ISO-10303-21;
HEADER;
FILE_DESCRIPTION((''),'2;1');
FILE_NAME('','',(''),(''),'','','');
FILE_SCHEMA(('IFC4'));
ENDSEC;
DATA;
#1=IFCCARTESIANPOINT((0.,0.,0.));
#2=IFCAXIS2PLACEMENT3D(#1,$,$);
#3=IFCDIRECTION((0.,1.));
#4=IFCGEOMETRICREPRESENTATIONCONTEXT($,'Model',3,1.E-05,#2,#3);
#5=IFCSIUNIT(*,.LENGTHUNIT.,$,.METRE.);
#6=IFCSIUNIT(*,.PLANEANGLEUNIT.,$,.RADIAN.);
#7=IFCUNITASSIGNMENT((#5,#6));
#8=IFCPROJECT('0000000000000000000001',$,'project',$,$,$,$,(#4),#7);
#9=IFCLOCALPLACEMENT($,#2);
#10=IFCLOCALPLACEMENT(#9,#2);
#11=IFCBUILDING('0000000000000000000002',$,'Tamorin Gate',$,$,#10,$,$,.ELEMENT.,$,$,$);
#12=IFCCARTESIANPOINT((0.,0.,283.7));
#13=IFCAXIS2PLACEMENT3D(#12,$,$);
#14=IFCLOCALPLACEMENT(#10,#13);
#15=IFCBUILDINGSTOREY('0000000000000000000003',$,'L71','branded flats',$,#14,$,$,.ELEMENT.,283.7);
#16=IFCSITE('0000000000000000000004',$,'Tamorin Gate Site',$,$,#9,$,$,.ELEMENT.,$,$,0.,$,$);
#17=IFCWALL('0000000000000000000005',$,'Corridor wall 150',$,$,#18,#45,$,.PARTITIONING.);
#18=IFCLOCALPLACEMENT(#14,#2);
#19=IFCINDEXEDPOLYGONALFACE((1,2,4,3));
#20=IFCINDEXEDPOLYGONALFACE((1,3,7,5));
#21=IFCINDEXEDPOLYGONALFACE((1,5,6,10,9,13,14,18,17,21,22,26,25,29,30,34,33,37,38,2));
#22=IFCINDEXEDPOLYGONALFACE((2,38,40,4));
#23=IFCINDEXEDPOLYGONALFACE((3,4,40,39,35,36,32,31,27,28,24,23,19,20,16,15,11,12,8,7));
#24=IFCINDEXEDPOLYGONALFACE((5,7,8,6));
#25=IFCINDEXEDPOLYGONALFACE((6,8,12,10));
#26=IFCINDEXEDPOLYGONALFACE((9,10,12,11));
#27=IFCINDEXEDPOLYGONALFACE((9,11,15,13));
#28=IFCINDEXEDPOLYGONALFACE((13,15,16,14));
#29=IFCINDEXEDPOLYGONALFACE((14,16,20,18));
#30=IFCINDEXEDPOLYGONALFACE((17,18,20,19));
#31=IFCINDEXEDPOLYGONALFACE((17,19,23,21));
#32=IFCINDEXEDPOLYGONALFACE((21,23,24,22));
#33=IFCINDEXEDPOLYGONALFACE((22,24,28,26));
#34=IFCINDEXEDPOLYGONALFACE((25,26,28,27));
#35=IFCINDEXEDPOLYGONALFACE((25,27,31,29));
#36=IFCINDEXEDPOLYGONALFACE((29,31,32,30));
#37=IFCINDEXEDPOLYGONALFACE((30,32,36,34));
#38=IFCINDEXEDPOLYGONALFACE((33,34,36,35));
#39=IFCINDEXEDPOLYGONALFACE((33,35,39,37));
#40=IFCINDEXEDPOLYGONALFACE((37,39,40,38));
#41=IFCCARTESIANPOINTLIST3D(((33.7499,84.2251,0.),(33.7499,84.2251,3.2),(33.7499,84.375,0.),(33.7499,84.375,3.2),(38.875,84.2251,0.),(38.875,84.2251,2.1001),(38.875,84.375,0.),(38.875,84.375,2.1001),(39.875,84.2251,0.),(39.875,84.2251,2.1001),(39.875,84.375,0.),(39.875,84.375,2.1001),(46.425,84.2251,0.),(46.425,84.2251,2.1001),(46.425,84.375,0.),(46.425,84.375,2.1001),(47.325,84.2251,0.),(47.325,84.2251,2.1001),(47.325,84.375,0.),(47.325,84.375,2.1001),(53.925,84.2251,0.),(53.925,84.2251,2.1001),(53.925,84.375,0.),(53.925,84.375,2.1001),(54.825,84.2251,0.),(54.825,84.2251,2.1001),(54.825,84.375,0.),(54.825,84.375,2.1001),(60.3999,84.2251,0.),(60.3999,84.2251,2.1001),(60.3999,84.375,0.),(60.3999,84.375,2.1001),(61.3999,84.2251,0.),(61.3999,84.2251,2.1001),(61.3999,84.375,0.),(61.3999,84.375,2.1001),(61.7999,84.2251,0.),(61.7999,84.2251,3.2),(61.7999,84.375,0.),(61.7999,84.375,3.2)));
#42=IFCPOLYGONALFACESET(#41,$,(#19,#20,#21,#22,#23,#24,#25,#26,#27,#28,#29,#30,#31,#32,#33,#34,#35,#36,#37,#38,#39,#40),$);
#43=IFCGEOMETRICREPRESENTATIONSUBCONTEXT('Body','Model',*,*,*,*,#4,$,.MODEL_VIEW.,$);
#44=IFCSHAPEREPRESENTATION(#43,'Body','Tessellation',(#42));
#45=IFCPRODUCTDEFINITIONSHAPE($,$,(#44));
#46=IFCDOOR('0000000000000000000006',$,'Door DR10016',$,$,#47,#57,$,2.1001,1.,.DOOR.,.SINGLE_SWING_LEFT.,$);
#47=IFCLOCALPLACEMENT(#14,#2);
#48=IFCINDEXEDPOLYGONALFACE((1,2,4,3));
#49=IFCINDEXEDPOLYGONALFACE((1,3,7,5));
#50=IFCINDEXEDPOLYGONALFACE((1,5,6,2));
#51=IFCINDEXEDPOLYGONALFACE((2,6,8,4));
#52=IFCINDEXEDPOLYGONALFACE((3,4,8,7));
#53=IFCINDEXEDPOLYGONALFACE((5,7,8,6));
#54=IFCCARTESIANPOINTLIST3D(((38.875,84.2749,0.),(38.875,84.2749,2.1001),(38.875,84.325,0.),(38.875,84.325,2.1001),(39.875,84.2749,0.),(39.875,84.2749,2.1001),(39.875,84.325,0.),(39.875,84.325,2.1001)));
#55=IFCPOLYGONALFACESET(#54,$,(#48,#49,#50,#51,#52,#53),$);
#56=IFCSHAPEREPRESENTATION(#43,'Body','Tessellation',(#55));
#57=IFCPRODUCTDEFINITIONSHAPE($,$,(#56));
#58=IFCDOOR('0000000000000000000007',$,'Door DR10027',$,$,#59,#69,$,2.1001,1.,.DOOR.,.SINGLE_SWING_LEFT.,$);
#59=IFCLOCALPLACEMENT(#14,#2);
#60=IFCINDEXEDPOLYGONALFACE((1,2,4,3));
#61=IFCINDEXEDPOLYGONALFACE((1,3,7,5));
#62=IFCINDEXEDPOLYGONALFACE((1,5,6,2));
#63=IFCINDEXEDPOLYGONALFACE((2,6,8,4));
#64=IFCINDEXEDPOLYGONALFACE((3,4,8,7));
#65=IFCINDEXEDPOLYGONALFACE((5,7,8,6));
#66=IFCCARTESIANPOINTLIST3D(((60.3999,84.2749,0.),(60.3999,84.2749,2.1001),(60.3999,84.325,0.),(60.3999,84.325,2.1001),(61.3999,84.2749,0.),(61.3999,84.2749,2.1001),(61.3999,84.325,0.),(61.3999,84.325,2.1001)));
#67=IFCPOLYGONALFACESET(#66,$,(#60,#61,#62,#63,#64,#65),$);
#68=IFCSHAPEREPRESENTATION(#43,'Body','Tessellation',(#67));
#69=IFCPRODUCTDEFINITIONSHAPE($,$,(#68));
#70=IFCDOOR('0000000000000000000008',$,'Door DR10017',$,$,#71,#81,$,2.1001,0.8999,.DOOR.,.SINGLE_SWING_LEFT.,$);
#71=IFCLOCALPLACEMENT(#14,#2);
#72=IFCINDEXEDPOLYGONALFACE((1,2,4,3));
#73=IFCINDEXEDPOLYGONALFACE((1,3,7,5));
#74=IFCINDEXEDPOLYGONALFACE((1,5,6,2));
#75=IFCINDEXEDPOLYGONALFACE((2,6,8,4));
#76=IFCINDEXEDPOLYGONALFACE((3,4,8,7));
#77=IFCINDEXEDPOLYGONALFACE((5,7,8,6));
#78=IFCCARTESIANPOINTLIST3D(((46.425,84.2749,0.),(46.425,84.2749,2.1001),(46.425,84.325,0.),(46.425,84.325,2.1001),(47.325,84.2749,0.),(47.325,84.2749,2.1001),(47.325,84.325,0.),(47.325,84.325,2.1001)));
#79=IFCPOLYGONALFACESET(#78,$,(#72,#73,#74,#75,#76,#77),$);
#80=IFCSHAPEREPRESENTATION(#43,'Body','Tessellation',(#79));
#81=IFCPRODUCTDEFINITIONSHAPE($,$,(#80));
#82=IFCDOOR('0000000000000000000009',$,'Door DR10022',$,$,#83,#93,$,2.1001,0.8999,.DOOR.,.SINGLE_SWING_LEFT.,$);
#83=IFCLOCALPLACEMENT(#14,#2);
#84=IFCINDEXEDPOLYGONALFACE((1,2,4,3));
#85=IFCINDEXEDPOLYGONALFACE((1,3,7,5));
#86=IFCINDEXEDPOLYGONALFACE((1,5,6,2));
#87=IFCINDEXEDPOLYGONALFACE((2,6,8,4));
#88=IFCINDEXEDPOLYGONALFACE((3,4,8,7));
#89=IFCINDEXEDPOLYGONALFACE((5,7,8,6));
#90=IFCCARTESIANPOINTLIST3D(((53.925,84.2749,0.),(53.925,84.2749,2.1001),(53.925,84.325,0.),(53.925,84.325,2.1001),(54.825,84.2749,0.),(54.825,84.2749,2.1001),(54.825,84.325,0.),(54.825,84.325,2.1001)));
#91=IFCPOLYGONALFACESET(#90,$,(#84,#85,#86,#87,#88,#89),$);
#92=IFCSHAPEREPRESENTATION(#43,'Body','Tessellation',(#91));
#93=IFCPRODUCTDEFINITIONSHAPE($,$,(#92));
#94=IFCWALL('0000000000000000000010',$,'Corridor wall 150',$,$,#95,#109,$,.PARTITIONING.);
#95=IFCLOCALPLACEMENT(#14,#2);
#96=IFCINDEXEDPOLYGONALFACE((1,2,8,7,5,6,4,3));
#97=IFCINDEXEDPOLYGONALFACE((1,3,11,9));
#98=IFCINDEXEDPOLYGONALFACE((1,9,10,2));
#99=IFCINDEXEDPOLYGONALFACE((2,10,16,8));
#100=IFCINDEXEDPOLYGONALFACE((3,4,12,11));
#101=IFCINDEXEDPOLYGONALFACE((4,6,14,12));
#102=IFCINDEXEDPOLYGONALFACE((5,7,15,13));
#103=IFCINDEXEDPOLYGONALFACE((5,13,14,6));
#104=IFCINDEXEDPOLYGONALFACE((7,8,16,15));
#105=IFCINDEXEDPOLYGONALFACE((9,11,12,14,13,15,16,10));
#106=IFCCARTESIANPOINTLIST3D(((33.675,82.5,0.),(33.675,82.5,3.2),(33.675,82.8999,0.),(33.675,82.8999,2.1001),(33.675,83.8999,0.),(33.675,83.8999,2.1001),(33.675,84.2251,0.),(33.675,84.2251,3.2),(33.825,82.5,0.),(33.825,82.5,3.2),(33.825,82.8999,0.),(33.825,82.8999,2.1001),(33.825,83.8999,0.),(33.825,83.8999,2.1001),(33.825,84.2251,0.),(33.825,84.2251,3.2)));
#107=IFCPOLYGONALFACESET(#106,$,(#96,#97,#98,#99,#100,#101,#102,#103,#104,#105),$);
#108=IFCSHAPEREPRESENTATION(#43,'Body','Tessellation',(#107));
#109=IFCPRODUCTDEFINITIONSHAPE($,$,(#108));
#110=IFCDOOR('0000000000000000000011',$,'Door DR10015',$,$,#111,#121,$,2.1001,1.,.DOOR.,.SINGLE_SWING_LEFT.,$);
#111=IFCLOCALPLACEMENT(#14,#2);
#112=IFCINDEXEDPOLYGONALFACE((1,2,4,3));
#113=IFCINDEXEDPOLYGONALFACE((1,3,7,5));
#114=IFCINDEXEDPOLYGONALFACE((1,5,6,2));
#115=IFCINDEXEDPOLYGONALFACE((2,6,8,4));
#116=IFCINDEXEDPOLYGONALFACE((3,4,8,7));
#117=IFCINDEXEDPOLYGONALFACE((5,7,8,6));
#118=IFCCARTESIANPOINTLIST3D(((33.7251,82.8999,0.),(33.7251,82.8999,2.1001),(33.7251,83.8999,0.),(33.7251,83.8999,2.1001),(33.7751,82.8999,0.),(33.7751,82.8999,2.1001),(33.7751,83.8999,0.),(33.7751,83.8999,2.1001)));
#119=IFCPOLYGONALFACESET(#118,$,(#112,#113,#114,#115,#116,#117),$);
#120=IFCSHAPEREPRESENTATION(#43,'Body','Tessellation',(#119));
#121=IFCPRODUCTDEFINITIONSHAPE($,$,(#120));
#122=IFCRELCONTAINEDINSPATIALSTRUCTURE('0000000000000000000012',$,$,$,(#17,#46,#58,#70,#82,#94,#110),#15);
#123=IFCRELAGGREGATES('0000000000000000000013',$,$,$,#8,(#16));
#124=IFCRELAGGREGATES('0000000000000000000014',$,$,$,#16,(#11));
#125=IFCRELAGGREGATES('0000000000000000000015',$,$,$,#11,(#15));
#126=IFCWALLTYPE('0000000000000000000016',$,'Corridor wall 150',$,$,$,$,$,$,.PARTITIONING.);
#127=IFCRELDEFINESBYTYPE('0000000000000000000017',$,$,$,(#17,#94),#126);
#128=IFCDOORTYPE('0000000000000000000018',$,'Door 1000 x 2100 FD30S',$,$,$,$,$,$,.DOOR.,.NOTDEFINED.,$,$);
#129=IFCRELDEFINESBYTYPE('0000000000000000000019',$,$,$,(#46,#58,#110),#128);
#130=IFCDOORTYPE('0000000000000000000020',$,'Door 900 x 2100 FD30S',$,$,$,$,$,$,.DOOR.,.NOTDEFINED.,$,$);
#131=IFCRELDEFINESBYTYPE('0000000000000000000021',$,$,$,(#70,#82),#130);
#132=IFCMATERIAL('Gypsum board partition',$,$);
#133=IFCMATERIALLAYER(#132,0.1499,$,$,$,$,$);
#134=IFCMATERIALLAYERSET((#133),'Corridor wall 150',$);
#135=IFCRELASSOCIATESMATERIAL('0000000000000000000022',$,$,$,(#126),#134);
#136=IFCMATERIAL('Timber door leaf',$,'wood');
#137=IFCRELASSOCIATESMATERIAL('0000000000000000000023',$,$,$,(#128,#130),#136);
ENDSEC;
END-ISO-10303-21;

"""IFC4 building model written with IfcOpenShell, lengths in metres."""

from ifc_helpers import new_model, si_unit, direction, frame, frame_2d, origin, place, context, subcontext, project, spatial, rectangle, extrude, material, layer, layer_set, type_object, element, fill, save


model = new_model("IFC4")

# Units and contexts
model_context = context("Model", 3, precision=1e-05, world=origin(), true_north=direction((0.0, 1.0)))
body_context = subcontext(model_context, "Body", "Model", "MODEL_VIEW")
ifc_project = project(units=[si_unit("LENGTHUNIT", "METRE"), si_unit("PLANEANGLEUNIT", "RADIAN")], contexts=[model_context])

# Site, building, storey
site_placement = place(None, origin())
site = spatial("IfcSite", under=ifc_project, at=site_placement, Name="Tamorin Gate Site", CompositionType="ELEMENT", RefElevation=0.0)
building_placement = place(site_placement, origin())
building = spatial("IfcBuilding", under=site, at=building_placement, Name="Tamorin Gate", CompositionType="ELEMENT")
storey_placement = place(building_placement, frame((0.0, 0.0, 283.7)))
storey = spatial("IfcBuildingStorey", under=building, at=storey_placement, Name="L71", Description="branded flats", CompositionType="ELEMENT", Elevation=283.7)

# Wall, openings, doors
ifc_material_1 = material(Name="Gypsum board partition")
ifc_layer_1 = layer(ifc_material_1, 0.1499)
ifc_layer_set_1 = layer_set([ifc_layer_1], Name="Corridor wall 150")
wall_type_1 = type_object("IfcWallType", Name="Corridor wall 150", PredefinedType="PARTITIONING", material=ifc_layer_set_1)
wall_1_placement = place(storey_placement, frame((33.75, 84.3, 0.0), z_axis=(0.0, 0.0, 1.0), x_axis=(1.0, 0.0, 0.0)))
wall_1 = element("IfcWall", 1, at=wall_1_placement, inside=storey, type_object=wall_type_1, Name="Corridor wall 150", PredefinedType="PARTITIONING", context=body_context, shape_type="SweptSolid", body=[
    extrude(rectangle(XDim=28.05, YDim=0.1499, at=frame_2d((14.0249, 0.0))), origin(), (0.0, 0.0, 1.0), 3.2),
])
opening_1_placement = place(wall_1_placement, frame((5.125, 0.0, 0.0)))
opening_1 = element("IfcOpeningElement", 2, at=opening_1_placement, cuts=wall_1, PredefinedType="OPENING", context=body_context, shape_type="SweptSolid", body=[
    extrude(rectangle(XDim=1.0, YDim=2.1001, at=frame_2d((0.5, 1.05))), frame((0.0, 0.085, 0.0), z_axis=(0.0, -1.0, 0.0), x_axis=(1.0, 0.0, 0.0)), (0.0, 0.0, 1.0), 0.1699),
])
opening_2_placement = place(wall_1_placement, frame((12.675, 0.0, 0.0)))
opening_2 = element("IfcOpeningElement", 3, at=opening_2_placement, cuts=wall_1, PredefinedType="OPENING", context=body_context, shape_type="SweptSolid", body=[
    extrude(rectangle(XDim=0.8999, YDim=2.1001, at=frame_2d((0.45, 1.05))), frame((0.0, 0.085, 0.0), z_axis=(0.0, -1.0, 0.0), x_axis=(1.0, 0.0, 0.0)), (0.0, 0.0, 1.0), 0.1699),
])
opening_3_placement = place(wall_1_placement, frame((20.175, 0.0, 0.0)))
opening_3 = element("IfcOpeningElement", 4, at=opening_3_placement, cuts=wall_1, PredefinedType="OPENING", context=body_context, shape_type="SweptSolid", body=[
    extrude(rectangle(XDim=0.8999, YDim=2.1001, at=frame_2d((0.45, 1.05))), frame((0.0, 0.085, 0.0), z_axis=(0.0, -1.0, 0.0), x_axis=(1.0, 0.0, 0.0)), (0.0, 0.0, 1.0), 0.1699),
])
opening_4_placement = place(wall_1_placement, frame((26.6499, 0.0, 0.0)))
opening_4 = element("IfcOpeningElement", 5, at=opening_4_placement, cuts=wall_1, PredefinedType="OPENING", context=body_context, shape_type="SweptSolid", body=[
    extrude(rectangle(XDim=1.0, YDim=2.1001, at=frame_2d((0.5, 1.05))), frame((0.0, 0.085, 0.0), z_axis=(0.0, -1.0, 0.0), x_axis=(1.0, 0.0, 0.0)), (0.0, 0.0, 1.0), 0.1699),
])
ifc_material_2 = material(Name="Timber door leaf", Category="wood")
door_type_1 = type_object("IfcDoorType", Name="Door 1000 x 2100 FD30S", OperationType="NOTDEFINED", PredefinedType="DOOR", material=ifc_material_2)
door_1_placement = place(opening_1_placement, origin())
door_1 = element("IfcDoor", 6, at=door_1_placement, inside=storey, type_object=door_type_1, Name="Door DR10016", OperationType="SINGLE_SWING_LEFT", OverallHeight=2.1001, OverallWidth=1.0, PredefinedType="DOOR", context=body_context, shape_type="SweptSolid", body=[
    extrude(rectangle(XDim=1.0, YDim=2.1001, at=frame_2d((0.5, 1.05))), frame((0.0, 0.0249, 0.0), z_axis=(0.0, -1.0, 0.0), x_axis=(1.0, 0.0, 0.0)), (0.0, 0.0, 1.0), 0.05),
])
fill(opening_1, door_1)
door_2_placement = place(opening_4_placement, origin())
door_2 = element("IfcDoor", 7, at=door_2_placement, inside=storey, type_object=door_type_1, Name="Door DR10027", OperationType="SINGLE_SWING_LEFT", OverallHeight=2.1001, OverallWidth=1.0, PredefinedType="DOOR", context=body_context, shape_type="SweptSolid", body=[
    extrude(rectangle(XDim=1.0, YDim=2.1001, at=frame_2d((0.5, 1.05))), frame((0.0, 0.0249, 0.0), z_axis=(0.0, -1.0, 0.0), x_axis=(1.0, 0.0, 0.0)), (0.0, 0.0, 1.0), 0.05),
])
fill(opening_4, door_2)
door_type_2 = type_object("IfcDoorType", Name="Door 900 x 2100 FD30S", OperationType="NOTDEFINED", PredefinedType="DOOR", material=ifc_material_2)
door_3_placement = place(opening_2_placement, origin())
door_3 = element("IfcDoor", 8, at=door_3_placement, inside=storey, type_object=door_type_2, Name="Door DR10017", OperationType="SINGLE_SWING_LEFT", OverallHeight=2.1001, OverallWidth=0.8999, PredefinedType="DOOR", context=body_context, shape_type="SweptSolid", body=[
    extrude(rectangle(XDim=0.8999, YDim=2.1001, at=frame_2d((0.45, 1.05))), frame((0.0, 0.0249, 0.0), z_axis=(0.0, -1.0, 0.0), x_axis=(1.0, 0.0, 0.0)), (0.0, 0.0, 1.0), 0.05),
])
fill(opening_2, door_3)
door_4_placement = place(opening_3_placement, origin())
door_4 = element("IfcDoor", 9, at=door_4_placement, inside=storey, type_object=door_type_2, Name="Door DR10022", OperationType="SINGLE_SWING_LEFT", OverallHeight=2.1001, OverallWidth=0.8999, PredefinedType="DOOR", context=body_context, shape_type="SweptSolid", body=[
    extrude(rectangle(XDim=0.8999, YDim=2.1001, at=frame_2d((0.45, 1.05))), frame((0.0, 0.0249, 0.0), z_axis=(0.0, -1.0, 0.0), x_axis=(1.0, 0.0, 0.0)), (0.0, 0.0, 1.0), 0.05),
])
fill(opening_3, door_4)

# Wall, opening, door
wall_2_placement = place(storey_placement, frame((33.75, 82.5, 0.0), z_axis=(0.0, 0.0, 1.0), x_axis=(0.0, 1.0, 0.0)))
wall_2 = element("IfcWall", 10, at=wall_2_placement, inside=storey, type_object=wall_type_1, Name="Corridor wall 150", PredefinedType="PARTITIONING", context=body_context, shape_type="SweptSolid", body=[
    extrude(rectangle(XDim=1.7251, YDim=0.1499, at=frame_2d((0.8625, 0.0))), origin(), (0.0, 0.0, 1.0), 3.2),
])
opening_5_placement = place(wall_2_placement, frame((0.3999, 0.0, 0.0)))
opening_5 = element("IfcOpeningElement", 11, at=opening_5_placement, cuts=wall_2, PredefinedType="OPENING", context=body_context, shape_type="SweptSolid", body=[
    extrude(rectangle(XDim=1.0, YDim=2.1001, at=frame_2d((0.5, 1.05))), frame((0.0, 0.085, 0.0), z_axis=(0.0, -1.0, 0.0), x_axis=(1.0, 0.0, 0.0)), (0.0, 0.0, 1.0), 0.1699),
])
door_5_placement = place(opening_5_placement, origin())
door_5 = element("IfcDoor", 12, at=door_5_placement, inside=storey, type_object=door_type_1, Name="Door DR10015", OperationType="SINGLE_SWING_LEFT", OverallHeight=2.1001, OverallWidth=1.0, PredefinedType="DOOR", context=body_context, shape_type="SweptSolid", body=[
    extrude(rectangle(XDim=1.0, YDim=2.1001, at=frame_2d((0.5, 1.05))), frame((0.0, 0.0249, 0.0), z_axis=(0.0, -1.0, 0.0), x_axis=(1.0, 0.0, 0.0)), (0.0, 0.0, 1.0), 0.05),
])
fill(opening_5, door_5)

save(model, "model.ifc")
